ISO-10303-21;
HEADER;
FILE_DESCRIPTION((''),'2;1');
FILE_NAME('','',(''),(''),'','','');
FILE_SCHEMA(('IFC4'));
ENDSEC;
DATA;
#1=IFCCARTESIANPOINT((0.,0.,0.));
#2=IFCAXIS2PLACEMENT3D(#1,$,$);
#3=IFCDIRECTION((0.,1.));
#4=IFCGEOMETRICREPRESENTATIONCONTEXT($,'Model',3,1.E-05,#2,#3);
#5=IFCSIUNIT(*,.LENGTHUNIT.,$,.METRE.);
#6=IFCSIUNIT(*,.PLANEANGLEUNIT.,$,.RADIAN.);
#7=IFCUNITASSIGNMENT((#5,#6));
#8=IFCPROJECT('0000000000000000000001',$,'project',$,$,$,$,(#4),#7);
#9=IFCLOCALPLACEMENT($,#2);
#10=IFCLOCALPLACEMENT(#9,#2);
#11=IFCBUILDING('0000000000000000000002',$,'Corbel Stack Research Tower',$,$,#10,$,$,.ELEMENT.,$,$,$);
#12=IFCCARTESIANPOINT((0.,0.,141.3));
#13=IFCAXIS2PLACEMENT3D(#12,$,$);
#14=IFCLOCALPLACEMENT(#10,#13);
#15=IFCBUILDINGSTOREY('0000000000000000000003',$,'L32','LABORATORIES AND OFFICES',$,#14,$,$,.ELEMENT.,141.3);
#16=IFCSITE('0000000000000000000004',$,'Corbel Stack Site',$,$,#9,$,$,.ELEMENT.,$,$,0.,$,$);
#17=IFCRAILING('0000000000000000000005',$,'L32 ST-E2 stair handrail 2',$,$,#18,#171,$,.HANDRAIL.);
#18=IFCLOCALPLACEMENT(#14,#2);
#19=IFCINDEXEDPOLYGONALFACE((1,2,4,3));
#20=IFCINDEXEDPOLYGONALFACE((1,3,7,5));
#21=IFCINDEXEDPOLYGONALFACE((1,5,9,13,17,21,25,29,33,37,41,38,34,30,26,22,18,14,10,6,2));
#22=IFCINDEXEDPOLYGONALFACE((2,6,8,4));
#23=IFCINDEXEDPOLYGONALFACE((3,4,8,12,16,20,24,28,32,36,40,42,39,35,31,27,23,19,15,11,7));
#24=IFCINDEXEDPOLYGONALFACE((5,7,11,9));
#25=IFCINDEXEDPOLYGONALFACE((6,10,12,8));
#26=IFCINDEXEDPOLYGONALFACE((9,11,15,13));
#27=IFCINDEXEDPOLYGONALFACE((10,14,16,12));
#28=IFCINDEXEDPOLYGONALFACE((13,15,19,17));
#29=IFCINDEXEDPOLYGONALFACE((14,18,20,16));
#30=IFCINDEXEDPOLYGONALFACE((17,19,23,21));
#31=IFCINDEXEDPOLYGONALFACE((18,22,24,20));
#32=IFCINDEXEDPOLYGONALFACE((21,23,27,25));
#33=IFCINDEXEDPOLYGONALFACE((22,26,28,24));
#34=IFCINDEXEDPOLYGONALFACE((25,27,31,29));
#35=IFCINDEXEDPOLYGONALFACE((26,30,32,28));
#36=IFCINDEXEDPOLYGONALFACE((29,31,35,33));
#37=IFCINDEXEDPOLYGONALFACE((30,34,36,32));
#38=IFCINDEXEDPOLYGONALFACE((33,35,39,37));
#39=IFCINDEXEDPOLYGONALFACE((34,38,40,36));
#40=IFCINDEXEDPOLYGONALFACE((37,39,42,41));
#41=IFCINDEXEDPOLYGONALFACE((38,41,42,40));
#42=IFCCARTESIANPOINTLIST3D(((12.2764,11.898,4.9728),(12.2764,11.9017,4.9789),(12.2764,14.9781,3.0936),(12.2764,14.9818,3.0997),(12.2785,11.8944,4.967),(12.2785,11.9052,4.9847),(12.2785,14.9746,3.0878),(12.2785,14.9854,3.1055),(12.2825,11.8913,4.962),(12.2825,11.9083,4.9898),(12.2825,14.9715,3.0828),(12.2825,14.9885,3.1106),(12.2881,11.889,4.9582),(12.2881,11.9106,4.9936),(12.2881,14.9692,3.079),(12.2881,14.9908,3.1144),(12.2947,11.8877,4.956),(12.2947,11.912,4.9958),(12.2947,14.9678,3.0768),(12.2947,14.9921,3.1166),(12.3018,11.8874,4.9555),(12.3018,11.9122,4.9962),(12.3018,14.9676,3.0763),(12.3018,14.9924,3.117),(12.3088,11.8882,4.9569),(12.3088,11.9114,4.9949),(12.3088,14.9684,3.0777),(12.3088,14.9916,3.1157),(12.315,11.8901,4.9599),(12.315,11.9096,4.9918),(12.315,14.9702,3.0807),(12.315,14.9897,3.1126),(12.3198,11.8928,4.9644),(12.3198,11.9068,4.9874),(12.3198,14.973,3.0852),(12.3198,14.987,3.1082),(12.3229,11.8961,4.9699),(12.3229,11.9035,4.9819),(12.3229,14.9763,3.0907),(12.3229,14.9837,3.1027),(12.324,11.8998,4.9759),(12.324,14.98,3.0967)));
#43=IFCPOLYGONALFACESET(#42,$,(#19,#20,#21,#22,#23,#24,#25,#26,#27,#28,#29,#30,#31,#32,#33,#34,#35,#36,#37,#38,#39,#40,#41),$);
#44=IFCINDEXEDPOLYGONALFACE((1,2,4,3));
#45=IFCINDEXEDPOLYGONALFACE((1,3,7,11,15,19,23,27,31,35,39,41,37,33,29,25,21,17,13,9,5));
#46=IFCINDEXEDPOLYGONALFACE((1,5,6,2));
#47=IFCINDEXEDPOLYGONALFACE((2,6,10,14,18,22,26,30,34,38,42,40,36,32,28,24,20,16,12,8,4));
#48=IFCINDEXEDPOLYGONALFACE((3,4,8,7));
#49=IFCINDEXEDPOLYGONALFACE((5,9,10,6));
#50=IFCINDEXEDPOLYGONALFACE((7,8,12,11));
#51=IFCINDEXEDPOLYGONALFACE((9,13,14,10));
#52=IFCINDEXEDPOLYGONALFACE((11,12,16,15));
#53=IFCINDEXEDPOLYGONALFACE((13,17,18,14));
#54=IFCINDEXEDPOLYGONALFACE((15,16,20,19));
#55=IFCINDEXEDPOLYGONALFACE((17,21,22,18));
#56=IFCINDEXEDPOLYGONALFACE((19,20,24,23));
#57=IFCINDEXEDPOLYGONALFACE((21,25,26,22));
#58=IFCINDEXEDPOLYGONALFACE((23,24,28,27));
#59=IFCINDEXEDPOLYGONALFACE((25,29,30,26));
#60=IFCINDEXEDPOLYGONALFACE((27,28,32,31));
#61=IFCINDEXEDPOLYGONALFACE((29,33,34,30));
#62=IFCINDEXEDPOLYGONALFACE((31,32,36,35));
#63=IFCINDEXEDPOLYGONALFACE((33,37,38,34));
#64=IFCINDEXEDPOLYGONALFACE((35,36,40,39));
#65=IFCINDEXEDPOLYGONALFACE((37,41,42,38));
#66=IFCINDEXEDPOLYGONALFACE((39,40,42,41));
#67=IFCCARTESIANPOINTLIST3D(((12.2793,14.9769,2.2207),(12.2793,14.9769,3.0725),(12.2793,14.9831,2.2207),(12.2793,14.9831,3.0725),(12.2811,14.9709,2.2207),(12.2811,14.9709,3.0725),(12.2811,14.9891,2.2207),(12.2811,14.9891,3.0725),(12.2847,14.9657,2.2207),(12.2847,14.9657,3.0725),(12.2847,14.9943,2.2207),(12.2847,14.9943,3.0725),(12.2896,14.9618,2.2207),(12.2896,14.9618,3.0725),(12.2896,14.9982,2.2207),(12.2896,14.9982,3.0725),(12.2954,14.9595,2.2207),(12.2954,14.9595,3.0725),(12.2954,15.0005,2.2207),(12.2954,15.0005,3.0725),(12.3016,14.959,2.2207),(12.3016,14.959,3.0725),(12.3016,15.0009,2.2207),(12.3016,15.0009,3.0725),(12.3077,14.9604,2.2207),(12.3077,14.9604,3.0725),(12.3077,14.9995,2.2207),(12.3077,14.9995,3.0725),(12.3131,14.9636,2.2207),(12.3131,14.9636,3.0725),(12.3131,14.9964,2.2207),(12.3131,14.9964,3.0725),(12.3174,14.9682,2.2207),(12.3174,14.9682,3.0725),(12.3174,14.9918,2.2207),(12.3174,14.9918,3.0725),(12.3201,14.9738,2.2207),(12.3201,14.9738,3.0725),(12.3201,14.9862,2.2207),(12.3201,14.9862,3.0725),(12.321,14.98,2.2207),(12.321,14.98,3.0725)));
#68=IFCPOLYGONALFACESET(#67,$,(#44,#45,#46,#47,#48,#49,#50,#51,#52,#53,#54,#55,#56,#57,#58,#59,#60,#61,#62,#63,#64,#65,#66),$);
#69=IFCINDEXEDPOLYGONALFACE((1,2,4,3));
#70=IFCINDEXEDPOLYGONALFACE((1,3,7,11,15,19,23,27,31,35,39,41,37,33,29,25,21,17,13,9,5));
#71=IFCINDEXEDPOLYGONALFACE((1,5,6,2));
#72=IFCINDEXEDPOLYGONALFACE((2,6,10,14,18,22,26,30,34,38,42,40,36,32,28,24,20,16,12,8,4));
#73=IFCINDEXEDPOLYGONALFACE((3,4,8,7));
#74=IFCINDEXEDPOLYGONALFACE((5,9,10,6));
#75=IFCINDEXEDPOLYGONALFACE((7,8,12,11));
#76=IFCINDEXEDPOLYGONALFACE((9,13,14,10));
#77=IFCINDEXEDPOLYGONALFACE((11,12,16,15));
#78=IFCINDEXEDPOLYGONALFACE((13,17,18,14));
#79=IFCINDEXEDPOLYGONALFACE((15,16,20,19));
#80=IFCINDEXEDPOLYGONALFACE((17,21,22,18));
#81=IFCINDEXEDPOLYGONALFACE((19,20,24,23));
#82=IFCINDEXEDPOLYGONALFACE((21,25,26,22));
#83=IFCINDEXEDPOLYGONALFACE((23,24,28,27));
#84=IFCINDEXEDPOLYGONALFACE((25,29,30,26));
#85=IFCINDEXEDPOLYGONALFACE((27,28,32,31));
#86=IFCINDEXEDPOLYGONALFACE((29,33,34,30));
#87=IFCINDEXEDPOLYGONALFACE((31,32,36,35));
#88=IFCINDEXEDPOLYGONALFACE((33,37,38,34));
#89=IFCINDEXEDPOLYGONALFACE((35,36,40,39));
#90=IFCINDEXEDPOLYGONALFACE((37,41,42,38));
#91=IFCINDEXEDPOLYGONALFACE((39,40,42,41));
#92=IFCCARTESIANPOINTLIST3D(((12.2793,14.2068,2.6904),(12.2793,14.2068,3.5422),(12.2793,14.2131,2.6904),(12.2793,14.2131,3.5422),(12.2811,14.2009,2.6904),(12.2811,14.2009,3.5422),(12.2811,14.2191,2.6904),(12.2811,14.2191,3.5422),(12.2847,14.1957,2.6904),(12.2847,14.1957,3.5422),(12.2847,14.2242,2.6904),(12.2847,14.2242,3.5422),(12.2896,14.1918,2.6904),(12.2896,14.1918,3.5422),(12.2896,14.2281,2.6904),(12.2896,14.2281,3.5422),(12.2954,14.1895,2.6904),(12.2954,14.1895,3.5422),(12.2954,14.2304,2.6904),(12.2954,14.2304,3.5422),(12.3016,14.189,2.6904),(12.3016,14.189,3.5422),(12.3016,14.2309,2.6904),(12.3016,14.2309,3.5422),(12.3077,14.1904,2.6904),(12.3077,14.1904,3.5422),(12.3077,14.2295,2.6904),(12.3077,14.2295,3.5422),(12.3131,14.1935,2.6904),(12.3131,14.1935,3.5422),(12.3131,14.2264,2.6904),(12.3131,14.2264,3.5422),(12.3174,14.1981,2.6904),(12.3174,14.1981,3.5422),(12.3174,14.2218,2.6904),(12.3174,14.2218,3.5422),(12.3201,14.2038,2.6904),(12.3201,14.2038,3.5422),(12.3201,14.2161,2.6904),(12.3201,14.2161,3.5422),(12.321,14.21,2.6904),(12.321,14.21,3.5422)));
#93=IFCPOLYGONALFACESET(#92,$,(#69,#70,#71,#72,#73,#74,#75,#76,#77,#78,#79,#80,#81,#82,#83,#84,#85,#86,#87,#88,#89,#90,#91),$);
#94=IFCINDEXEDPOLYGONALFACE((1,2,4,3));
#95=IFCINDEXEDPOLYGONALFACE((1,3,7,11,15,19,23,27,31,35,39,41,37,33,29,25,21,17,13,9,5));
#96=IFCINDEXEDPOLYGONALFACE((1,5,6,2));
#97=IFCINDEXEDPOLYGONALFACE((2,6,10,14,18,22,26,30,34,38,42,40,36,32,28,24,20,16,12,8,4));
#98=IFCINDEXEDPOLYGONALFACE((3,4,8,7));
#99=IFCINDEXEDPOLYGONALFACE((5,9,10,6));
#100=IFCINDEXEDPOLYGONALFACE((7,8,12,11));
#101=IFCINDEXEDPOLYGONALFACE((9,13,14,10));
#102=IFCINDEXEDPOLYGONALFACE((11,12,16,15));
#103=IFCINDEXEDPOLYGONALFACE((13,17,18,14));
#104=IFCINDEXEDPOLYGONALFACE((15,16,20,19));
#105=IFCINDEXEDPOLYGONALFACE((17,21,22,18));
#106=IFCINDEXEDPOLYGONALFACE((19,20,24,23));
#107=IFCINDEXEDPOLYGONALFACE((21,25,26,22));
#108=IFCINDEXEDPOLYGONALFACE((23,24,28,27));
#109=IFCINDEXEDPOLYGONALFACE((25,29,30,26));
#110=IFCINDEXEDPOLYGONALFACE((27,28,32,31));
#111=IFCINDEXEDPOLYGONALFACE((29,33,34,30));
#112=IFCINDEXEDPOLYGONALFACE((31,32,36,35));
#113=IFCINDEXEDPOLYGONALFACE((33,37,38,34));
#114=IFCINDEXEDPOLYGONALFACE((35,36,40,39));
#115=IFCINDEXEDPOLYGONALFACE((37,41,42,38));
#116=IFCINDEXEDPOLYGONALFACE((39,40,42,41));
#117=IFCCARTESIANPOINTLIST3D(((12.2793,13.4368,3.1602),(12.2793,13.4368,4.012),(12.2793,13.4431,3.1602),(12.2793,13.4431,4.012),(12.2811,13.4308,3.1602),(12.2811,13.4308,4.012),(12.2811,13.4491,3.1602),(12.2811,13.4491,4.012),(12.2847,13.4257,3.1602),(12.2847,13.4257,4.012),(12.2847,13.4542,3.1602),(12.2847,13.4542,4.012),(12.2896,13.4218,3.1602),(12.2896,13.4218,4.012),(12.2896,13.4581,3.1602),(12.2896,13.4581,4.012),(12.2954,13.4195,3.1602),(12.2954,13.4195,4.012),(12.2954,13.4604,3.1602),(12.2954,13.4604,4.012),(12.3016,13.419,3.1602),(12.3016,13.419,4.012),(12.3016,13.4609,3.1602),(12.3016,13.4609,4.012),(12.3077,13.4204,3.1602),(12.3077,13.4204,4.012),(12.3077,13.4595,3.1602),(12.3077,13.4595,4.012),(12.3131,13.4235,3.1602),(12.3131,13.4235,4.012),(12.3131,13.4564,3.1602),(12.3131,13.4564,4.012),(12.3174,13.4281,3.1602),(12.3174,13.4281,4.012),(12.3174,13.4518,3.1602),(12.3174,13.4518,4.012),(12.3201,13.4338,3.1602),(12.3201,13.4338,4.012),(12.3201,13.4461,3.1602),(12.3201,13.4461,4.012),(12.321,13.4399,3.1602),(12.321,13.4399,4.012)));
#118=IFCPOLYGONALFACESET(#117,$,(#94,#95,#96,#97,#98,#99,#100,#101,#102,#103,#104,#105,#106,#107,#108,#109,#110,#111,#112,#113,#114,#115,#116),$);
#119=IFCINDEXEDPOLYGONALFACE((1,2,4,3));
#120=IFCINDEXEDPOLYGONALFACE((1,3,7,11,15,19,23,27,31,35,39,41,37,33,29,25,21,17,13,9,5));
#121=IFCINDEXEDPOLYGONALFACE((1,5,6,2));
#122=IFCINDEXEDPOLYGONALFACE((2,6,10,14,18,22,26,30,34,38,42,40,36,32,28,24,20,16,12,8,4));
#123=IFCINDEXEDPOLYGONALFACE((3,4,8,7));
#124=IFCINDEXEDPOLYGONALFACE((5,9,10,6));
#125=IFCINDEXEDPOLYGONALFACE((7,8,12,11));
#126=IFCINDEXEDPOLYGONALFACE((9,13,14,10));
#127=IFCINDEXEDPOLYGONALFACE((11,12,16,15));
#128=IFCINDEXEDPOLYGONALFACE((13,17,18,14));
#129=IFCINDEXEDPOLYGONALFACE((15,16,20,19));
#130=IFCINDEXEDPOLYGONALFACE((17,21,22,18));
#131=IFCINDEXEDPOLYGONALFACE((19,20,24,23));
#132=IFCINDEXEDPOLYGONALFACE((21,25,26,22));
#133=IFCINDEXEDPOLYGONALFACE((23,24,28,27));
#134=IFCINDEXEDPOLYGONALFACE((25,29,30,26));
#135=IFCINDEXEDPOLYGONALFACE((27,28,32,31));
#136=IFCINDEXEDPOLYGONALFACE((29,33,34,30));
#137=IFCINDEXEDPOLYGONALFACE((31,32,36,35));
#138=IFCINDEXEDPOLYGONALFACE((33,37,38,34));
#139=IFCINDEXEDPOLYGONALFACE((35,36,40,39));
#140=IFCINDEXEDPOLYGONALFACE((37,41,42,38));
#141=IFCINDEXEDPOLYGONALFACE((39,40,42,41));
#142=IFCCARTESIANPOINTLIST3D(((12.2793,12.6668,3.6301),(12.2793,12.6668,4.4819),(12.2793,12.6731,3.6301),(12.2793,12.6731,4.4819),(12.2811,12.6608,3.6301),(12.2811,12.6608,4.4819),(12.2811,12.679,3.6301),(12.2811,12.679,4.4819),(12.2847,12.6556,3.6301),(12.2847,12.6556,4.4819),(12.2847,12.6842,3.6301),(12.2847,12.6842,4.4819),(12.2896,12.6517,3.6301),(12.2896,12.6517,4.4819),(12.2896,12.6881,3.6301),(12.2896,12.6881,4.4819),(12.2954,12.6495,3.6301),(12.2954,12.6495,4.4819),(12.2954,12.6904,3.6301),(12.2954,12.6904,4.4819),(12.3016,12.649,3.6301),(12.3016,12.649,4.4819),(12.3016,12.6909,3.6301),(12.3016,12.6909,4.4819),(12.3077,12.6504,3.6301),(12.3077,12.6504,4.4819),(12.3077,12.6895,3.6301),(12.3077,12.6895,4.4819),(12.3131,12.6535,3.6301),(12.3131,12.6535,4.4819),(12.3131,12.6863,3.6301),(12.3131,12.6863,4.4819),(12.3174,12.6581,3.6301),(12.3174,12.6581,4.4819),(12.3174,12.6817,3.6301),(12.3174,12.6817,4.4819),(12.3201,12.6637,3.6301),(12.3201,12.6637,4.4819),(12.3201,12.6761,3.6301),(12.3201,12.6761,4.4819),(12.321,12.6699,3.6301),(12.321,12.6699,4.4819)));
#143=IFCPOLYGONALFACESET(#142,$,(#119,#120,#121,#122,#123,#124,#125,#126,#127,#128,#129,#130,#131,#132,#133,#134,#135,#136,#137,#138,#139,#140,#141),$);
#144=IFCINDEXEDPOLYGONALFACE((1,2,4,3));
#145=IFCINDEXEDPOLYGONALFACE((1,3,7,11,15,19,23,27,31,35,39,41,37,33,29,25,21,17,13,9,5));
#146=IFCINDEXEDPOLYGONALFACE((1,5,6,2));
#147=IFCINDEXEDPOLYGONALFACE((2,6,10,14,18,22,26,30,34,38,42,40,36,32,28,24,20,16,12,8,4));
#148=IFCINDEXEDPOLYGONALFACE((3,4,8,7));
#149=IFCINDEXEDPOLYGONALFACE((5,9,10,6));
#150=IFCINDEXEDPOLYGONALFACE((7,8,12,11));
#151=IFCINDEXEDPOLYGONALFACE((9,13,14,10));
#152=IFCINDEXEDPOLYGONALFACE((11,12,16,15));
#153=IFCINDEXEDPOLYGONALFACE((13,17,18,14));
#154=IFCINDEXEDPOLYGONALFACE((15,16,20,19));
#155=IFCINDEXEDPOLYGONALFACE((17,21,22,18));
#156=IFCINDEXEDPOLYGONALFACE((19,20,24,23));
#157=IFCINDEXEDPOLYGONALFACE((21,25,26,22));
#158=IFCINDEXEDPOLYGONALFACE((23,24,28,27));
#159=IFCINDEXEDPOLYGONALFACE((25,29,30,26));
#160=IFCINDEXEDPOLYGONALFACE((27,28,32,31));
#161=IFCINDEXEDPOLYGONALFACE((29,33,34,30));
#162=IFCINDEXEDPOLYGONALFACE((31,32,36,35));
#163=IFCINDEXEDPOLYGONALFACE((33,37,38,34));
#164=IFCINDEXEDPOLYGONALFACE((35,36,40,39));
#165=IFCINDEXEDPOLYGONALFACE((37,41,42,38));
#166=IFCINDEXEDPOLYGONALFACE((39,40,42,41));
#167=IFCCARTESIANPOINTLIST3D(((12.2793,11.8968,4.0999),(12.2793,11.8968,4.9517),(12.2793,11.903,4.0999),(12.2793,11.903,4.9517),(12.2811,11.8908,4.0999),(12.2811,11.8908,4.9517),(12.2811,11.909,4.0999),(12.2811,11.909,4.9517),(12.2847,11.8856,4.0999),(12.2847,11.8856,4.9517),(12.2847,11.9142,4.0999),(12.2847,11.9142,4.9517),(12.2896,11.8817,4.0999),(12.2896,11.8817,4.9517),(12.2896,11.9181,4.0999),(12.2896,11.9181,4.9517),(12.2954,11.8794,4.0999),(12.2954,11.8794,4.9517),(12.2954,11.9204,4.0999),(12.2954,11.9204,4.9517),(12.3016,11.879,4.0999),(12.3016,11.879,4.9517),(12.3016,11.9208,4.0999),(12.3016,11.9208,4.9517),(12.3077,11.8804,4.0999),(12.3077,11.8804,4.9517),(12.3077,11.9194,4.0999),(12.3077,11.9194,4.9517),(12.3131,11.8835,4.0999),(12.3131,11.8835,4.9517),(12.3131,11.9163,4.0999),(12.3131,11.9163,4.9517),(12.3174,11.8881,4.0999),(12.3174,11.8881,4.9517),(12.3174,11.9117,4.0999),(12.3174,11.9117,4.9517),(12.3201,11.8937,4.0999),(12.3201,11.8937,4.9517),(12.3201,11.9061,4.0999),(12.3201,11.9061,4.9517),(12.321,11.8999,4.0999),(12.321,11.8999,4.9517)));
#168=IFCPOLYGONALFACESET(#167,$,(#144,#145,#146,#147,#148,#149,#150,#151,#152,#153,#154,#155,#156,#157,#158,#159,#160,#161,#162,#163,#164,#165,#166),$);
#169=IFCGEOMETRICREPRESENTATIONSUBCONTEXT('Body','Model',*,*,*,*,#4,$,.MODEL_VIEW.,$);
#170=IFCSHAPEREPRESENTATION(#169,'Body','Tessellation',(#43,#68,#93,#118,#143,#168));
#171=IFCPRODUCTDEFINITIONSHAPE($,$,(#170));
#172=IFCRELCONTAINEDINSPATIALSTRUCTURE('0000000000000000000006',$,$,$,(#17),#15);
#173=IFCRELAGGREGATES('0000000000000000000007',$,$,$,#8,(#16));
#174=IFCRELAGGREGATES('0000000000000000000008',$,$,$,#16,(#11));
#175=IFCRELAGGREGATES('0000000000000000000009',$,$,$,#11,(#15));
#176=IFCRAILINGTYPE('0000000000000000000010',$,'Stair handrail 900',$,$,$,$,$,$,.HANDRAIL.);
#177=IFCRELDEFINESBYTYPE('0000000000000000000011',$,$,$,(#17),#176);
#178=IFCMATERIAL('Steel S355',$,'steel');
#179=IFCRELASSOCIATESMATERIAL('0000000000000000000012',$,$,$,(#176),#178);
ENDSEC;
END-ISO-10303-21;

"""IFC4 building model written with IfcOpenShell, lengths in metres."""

from ifc_helpers import new_model, si_unit, direction, frame, origin, origin_2d, place, context, subcontext, project, spatial, circle, extrude, material, type_object, element, save


model = new_model("IFC4")

# Units and contexts
model_context = context("Model", 3, precision=1e-05, world=origin(), true_north=direction((0.0, 1.0)))
body_context = subcontext(model_context, "Body", "Model", "MODEL_VIEW")
ifc_project = project(units=[si_unit("LENGTHUNIT", "METRE"), si_unit("PLANEANGLEUNIT", "RADIAN")], contexts=[model_context])

# Site, building, storey
site_placement = place(None, origin())
site = spatial("IfcSite", under=ifc_project, at=site_placement, Name="Corbel Stack Site", CompositionType="ELEMENT", RefElevation=0.0)
building_placement = place(site_placement, origin())
building = spatial("IfcBuilding", under=site, at=building_placement, Name="Corbel Stack Research Tower", CompositionType="ELEMENT")
storey_placement = place(building_placement, frame((0.0, 0.0, 141.3)))
storey = spatial("IfcBuildingStorey", under=building, at=storey_placement, Name="L32", Description="LABORATORIES AND OFFICES", CompositionType="ELEMENT", Elevation=141.3)

# Railing
ifc_material_1 = material(Name="Steel S355", Category="steel")
railing_type_1 = type_object("IfcRailingType", Name="Stair handrail 900", PredefinedType="HANDRAIL", material=ifc_material_1)
railing_1_placement = place(storey_placement, frame((12.3, 14.98, 2.2207)))
element("IfcRailing", 1, at=railing_1_placement, inside=storey, type_object=railing_type_1, Name="L32 ST-E2 stair handrail 2", PredefinedType="HANDRAIL", context=body_context, shape_type="SweptSolid", body=[
    extrude(circle(Radius=0.0239, at=origin_2d()), frame((0.0, 0.0, 0.876), z_axis=(0.0, -0.853666, 0.52082), x_axis=(1.0, 0.0, 0.0)), (0.0, 0.0, 1.0), 3.6082),
    extrude(circle(Radius=0.021, at=origin_2d()), origin(), (0.0, 0.0, 1.0), 0.8518),
    extrude(circle(Radius=0.021, at=origin_2d()), frame((0.0, -0.77, 0.4697)), (0.0, 0.0, 1.0), 0.8518),
    extrude(circle(Radius=0.021, at=origin_2d()), frame((0.0, -1.54, 0.9395)), (0.0, 0.0, 1.0), 0.8518),
    extrude(circle(Radius=0.021, at=origin_2d()), frame((0.0, -2.3101, 1.4094)), (0.0, 0.0, 1.0), 0.8518),
    extrude(circle(Radius=0.021, at=origin_2d()), frame((0.0, -3.0801, 1.8792)), (0.0, 0.0, 1.0), 0.8518),
])

save(model, "model.ifc")
